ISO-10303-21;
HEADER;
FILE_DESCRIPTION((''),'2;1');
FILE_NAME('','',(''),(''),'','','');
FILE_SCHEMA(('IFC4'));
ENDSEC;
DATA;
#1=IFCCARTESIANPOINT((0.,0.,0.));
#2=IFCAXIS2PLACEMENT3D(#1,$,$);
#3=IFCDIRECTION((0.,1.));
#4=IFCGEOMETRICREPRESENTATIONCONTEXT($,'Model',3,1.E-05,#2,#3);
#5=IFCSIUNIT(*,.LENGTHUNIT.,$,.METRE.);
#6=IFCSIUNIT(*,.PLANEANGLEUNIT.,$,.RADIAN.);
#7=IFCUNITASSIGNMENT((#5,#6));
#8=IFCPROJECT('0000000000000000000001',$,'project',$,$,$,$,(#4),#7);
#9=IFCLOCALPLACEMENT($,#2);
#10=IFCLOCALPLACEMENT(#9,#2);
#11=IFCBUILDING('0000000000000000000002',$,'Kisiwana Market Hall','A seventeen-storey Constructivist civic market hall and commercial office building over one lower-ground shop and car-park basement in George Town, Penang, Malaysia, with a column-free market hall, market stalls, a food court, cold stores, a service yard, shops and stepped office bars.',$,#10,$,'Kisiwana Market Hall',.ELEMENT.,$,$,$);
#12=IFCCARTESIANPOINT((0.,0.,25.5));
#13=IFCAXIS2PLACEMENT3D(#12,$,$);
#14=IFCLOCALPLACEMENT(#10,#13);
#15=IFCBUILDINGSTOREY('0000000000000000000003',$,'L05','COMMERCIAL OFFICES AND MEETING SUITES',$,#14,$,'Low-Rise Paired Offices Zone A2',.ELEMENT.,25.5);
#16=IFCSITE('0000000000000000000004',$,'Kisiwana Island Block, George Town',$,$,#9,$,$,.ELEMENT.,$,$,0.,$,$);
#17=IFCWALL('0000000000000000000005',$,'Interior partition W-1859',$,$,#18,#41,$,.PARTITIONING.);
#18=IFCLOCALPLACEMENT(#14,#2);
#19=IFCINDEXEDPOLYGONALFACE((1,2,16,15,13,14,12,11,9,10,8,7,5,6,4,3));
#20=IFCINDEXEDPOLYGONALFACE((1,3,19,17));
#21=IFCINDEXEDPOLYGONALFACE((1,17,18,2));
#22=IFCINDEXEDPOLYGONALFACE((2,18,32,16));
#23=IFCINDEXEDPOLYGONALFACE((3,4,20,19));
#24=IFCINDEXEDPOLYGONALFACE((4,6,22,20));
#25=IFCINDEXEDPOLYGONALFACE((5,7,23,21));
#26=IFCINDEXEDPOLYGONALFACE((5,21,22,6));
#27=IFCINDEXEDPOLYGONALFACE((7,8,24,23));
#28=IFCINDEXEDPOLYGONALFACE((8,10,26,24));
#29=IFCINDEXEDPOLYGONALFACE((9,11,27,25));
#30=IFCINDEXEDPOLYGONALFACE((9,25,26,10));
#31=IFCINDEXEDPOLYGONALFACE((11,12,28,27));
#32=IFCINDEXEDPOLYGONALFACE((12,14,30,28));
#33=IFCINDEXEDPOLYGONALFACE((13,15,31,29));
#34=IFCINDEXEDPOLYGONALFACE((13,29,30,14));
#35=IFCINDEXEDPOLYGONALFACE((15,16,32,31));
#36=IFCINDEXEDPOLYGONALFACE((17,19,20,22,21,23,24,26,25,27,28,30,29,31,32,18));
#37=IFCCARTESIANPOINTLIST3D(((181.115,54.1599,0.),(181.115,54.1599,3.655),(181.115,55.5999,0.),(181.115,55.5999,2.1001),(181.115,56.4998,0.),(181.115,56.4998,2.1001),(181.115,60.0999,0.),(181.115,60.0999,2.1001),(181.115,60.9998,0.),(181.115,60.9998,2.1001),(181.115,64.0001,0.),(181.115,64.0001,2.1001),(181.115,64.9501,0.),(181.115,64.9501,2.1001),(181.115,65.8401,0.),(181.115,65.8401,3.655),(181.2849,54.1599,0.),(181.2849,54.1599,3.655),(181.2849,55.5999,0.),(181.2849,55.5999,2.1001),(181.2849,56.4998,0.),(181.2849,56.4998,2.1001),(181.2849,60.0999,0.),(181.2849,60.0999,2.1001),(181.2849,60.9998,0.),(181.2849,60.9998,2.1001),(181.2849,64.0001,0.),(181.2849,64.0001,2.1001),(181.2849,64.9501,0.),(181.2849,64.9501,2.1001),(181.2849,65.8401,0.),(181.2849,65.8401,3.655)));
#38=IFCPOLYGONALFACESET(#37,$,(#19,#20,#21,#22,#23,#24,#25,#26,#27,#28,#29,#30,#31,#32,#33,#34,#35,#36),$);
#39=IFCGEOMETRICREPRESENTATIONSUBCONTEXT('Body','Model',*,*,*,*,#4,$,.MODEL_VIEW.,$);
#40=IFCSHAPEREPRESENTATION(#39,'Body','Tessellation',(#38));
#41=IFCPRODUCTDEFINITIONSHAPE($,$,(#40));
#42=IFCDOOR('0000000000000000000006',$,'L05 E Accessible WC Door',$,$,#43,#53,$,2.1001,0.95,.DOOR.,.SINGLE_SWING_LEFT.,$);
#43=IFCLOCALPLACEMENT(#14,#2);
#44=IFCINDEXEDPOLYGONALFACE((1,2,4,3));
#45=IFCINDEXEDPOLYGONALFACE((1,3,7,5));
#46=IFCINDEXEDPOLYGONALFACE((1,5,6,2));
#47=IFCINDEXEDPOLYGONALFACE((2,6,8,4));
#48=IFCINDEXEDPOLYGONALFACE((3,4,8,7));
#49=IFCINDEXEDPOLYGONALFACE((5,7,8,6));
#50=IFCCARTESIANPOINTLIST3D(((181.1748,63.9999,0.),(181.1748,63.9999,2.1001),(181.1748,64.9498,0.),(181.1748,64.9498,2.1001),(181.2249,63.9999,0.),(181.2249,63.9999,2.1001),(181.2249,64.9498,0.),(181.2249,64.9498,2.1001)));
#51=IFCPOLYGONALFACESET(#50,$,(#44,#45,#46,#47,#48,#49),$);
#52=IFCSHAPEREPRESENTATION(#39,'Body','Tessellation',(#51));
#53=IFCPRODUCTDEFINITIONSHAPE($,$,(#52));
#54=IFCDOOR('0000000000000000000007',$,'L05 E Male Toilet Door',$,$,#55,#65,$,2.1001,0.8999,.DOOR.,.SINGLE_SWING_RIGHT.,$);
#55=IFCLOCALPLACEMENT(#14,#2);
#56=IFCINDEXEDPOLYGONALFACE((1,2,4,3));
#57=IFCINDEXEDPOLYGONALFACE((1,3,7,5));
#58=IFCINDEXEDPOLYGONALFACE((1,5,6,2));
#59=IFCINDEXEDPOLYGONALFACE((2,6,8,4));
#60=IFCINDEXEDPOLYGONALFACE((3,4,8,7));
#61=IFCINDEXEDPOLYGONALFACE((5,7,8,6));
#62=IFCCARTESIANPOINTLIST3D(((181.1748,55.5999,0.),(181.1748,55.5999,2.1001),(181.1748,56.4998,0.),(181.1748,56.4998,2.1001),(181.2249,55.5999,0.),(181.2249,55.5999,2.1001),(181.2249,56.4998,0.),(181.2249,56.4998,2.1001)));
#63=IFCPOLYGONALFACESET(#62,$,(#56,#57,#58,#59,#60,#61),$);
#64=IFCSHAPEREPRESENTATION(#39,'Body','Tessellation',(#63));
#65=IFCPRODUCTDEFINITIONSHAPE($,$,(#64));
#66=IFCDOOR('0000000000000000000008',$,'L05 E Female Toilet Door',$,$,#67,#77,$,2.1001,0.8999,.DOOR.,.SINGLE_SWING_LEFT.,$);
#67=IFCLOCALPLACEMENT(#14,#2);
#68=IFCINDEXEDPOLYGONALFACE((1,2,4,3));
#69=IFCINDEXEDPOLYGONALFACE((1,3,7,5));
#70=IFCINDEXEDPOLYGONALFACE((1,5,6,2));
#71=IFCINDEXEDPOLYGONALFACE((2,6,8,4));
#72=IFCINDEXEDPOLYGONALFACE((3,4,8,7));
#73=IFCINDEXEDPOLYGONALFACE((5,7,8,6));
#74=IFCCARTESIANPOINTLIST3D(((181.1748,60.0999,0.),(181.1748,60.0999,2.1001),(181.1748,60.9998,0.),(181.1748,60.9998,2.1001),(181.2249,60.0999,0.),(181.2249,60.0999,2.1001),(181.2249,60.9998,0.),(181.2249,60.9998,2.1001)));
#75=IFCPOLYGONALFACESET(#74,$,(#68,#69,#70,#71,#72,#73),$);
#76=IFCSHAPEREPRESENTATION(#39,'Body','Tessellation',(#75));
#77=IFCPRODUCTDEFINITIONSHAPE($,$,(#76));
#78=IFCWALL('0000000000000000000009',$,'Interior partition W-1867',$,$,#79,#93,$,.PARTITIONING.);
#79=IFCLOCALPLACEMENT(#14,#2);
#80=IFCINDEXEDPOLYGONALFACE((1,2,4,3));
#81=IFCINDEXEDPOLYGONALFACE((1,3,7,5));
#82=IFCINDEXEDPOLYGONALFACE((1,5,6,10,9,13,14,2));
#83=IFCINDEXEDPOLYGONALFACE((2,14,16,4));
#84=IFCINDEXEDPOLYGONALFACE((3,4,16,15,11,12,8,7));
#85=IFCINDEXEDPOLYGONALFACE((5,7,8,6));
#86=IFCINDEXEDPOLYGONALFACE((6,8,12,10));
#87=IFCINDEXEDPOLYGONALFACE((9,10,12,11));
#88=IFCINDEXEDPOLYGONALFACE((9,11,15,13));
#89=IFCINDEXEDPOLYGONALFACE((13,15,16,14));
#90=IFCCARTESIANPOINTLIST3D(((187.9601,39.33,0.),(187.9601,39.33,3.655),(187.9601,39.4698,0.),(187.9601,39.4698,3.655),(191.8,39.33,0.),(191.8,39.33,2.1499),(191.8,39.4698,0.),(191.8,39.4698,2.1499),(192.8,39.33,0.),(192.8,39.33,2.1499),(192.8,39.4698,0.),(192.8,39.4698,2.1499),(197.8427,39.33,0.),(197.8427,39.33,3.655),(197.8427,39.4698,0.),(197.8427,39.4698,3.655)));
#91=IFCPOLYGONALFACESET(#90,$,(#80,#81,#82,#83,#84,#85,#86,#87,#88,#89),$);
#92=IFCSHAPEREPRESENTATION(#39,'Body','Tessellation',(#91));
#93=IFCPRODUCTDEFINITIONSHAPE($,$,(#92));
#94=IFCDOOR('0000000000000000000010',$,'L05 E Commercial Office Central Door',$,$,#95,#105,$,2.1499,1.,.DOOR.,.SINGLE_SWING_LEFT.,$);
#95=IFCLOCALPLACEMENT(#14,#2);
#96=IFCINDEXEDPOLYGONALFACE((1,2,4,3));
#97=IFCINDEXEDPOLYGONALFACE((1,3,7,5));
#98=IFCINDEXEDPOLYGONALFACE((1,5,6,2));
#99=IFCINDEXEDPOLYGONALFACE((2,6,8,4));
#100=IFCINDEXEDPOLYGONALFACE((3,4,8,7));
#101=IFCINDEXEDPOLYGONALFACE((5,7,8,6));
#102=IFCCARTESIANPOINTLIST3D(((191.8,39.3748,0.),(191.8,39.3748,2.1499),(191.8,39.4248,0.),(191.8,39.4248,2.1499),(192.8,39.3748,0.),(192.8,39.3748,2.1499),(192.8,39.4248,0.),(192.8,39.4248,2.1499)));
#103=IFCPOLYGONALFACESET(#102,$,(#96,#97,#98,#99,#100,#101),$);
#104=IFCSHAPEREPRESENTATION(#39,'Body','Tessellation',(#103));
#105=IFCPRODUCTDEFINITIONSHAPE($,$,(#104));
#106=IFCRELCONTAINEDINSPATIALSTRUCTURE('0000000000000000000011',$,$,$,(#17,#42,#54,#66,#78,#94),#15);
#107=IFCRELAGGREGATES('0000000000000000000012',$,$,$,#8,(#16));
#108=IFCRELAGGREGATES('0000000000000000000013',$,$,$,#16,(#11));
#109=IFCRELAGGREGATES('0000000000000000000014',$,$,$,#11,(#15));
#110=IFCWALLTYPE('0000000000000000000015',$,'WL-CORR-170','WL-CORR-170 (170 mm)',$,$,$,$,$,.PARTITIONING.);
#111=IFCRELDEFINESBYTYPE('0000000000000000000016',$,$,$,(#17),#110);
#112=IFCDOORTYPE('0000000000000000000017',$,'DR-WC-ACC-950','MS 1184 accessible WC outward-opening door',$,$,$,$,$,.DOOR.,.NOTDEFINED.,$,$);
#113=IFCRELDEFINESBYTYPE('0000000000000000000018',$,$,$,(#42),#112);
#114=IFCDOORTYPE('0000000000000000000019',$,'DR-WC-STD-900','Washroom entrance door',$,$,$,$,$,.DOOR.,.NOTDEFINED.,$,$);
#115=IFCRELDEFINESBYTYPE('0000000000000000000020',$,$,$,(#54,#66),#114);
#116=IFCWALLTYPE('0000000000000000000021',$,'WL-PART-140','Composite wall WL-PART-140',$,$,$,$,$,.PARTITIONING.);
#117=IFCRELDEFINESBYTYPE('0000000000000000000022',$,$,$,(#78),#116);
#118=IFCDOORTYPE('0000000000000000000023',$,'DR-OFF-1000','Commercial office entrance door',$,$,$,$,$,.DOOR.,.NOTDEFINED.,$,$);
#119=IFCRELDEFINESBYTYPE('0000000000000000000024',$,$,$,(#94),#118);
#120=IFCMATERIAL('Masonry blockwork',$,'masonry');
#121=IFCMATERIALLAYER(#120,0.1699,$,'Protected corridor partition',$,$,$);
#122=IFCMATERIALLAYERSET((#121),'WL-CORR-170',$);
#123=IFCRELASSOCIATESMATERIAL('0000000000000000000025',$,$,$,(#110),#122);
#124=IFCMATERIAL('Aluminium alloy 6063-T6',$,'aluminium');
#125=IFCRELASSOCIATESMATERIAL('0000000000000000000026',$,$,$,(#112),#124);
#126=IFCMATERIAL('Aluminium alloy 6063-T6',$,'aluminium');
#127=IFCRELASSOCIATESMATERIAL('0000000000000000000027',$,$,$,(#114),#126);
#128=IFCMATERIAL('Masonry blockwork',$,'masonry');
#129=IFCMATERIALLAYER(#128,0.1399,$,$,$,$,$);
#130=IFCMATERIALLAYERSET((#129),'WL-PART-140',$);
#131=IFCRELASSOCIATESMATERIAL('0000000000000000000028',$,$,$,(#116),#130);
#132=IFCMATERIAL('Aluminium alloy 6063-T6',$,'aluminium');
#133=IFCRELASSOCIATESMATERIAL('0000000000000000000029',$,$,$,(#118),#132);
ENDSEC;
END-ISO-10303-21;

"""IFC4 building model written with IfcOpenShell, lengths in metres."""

from ifc_helpers import new_model, si_unit, direction, frame, frame_2d, origin, place, context, subcontext, project, spatial, rectangle, extrude, material, layer, layer_set, type_object, element, fill, save


model = new_model("IFC4")

# Units and contexts
model_context = context("Model", 3, precision=1e-05, world=origin(), true_north=direction((0.0, 1.0)))
body_context = subcontext(model_context, "Body", "Model", "MODEL_VIEW")
ifc_project = project(units=[si_unit("LENGTHUNIT", "METRE"), si_unit("PLANEANGLEUNIT", "RADIAN")], contexts=[model_context])

# Site, building, storey
site_placement = place(None, origin())
site = spatial("IfcSite", under=ifc_project, at=site_placement, Name="Kisiwana Island Block, George Town", CompositionType="ELEMENT", RefElevation=0.0)
building_placement = place(site_placement, origin())
building = spatial("IfcBuilding", under=site, at=building_placement, Name="Kisiwana Market Hall", Description="A seventeen-storey Constructivist civic market hall and commercial office building over one lower-ground shop and car-park basement in George Town, Penang, Malaysia, with a column-free market hall, market stalls, a food court, cold stores, a service yard, shops and stepped office bars.", LongName="Kisiwana Market Hall", CompositionType="ELEMENT")
storey_placement = place(building_placement, frame((0.0, 0.0, 25.5)))
storey = spatial("IfcBuildingStorey", under=building, at=storey_placement, Name="L05", Description="COMMERCIAL OFFICES AND MEETING SUITES", LongName="Low-Rise Paired Offices Zone A2", CompositionType="ELEMENT", Elevation=25.5)

# Shared definitions
ifc_material_1 = material(Name="Masonry blockwork", Category="masonry")
ifc_layer_1 = layer(ifc_material_1, 0.1699, Name="Protected corridor partition")
ifc_layer_set_1 = layer_set([ifc_layer_1], Name="WL-CORR-170")
wall_type_1 = type_object("IfcWallType", Name="WL-CORR-170", Description="WL-CORR-170 (170 mm)", PredefinedType="PARTITIONING", material=ifc_layer_set_1)

# Wall, openings, doors
wall_1_placement = place(storey_placement, frame((181.2, 54.1599, 0.0), z_axis=(0.0, 0.0, 1.0), x_axis=(0.0, 1.0, 0.0)))
wall_1 = element("IfcWall", 1, at=wall_1_placement, inside=storey, type_object=wall_type_1, Name="Interior partition W-1859", PredefinedType="PARTITIONING", context=body_context, shape_type="SweptSolid", body=[
    extrude(rectangle(XDim=11.6802, YDim=0.1699, at=frame_2d((5.8401, 0.0))), origin(), (0.0, 0.0, 1.0), 3.655),
])
opening_1_placement = place(wall_1_placement, frame((1.4399, 0.0, 0.0)))
opening_1 = element("IfcOpeningElement", 2, at=opening_1_placement, cuts=wall_1, PredefinedType="OPENING", context=body_context, shape_type="SweptSolid", body=[
    extrude(rectangle(XDim=0.8999, YDim=2.1001, at=frame_2d((0.45, 1.05))), frame((0.0, 0.0969, 0.0), z_axis=(0.0, -1.0, 0.0), x_axis=(1.0, 0.0, 0.0)), (0.0, 0.0, 1.0), 0.1938),
])
opening_2_placement = place(wall_1_placement, frame((5.9399, 0.0, 0.0)))
opening_2 = element("IfcOpeningElement", 3, at=opening_2_placement, cuts=wall_1, PredefinedType="OPENING", context=body_context, shape_type="SweptSolid", body=[
    extrude(rectangle(XDim=0.8999, YDim=2.1001, at=frame_2d((0.45, 1.05))), frame((0.0, 0.0969, 0.0), z_axis=(0.0, -1.0, 0.0), x_axis=(1.0, 0.0, 0.0)), (0.0, 0.0, 1.0), 0.1938),
])
opening_3_placement = place(wall_1_placement, frame((9.8401, 0.0, 0.0)))
opening_3 = element("IfcOpeningElement", 4, at=opening_3_placement, cuts=wall_1, PredefinedType="OPENING", context=body_context, shape_type="SweptSolid", body=[
    extrude(rectangle(XDim=0.95, YDim=2.1001, at=frame_2d((0.4751, 1.05))), frame((0.0, 0.0969, 0.0), z_axis=(0.0, -1.0, 0.0), x_axis=(1.0, 0.0, 0.0)), (0.0, 0.0, 1.0), 0.1938),
])
ifc_material_2 = material(Name="Aluminium alloy 6063-T6", Category="aluminium")
door_type_1 = type_object("IfcDoorType", Name="DR-WC-ACC-950", Description="MS 1184 accessible WC outward-opening door", OperationType="NOTDEFINED", PredefinedType="DOOR", material=ifc_material_2)
door_1_placement = place(opening_3_placement, frame((0.95, 0.0, 0.0), z_axis=(0.0, 0.0, 1.0), x_axis=(-1.0, 0.0, 0.0)))
door_1 = element("IfcDoor", 5, at=door_1_placement, inside=storey, type_object=door_type_1, Name="L05 E Accessible WC Door", OperationType="SINGLE_SWING_LEFT", OverallHeight=2.1001, OverallWidth=0.95, PredefinedType="DOOR", context=body_context, shape_type="SweptSolid", body=[
    extrude(rectangle(XDim=0.95, YDim=2.1001, at=frame_2d((0.4751, 1.05))), frame((0.0, 0.0249, 0.0), z_axis=(0.0, -1.0, 0.0), x_axis=(1.0, 0.0, 0.0)), (0.0, 0.0, 1.0), 0.05),
])
fill(opening_3, door_1)
ifc_material_3 = material(Name="Aluminium alloy 6063-T6", Category="aluminium")
door_type_2 = type_object("IfcDoorType", Name="DR-WC-STD-900", Description="Washroom entrance door", OperationType="NOTDEFINED", PredefinedType="DOOR", material=ifc_material_3)
door_2_placement = place(opening_1_placement, frame((0.8999, 0.0, 0.0), z_axis=(0.0, 0.0, 1.0), x_axis=(-1.0, 0.0, 0.0)))
door_2 = element("IfcDoor", 6, at=door_2_placement, inside=storey, type_object=door_type_2, Name="L05 E Male Toilet Door", OperationType="SINGLE_SWING_RIGHT", OverallHeight=2.1001, OverallWidth=0.8999, PredefinedType="DOOR", context=body_context, shape_type="SweptSolid", body=[
    extrude(rectangle(XDim=0.8999, YDim=2.1001, at=frame_2d((0.45, 1.05))), frame((0.0, 0.0249, 0.0), z_axis=(0.0, -1.0, 0.0), x_axis=(1.0, 0.0, 0.0)), (0.0, 0.0, 1.0), 0.05),
])
fill(opening_1, door_2)
door_3_placement = place(opening_2_placement, frame((0.8999, 0.0, 0.0), z_axis=(0.0, 0.0, 1.0), x_axis=(-1.0, 0.0, 0.0)))
door_3 = element("IfcDoor", 7, at=door_3_placement, inside=storey, type_object=door_type_2, Name="L05 E Female Toilet Door", OperationType="SINGLE_SWING_LEFT", OverallHeight=2.1001, OverallWidth=0.8999, PredefinedType="DOOR", context=body_context, shape_type="SweptSolid", body=[
    extrude(rectangle(XDim=0.8999, YDim=2.1001, at=frame_2d((0.45, 1.05))), frame((0.0, 0.0249, 0.0), z_axis=(0.0, -1.0, 0.0), x_axis=(1.0, 0.0, 0.0)), (0.0, 0.0, 1.0), 0.05),
])
fill(opening_2, door_3)

# Wall, opening, door
ifc_material_4 = material(Name="Masonry blockwork", Category="masonry")
ifc_layer_2 = layer(ifc_material_4, 0.1399)
ifc_layer_set_2 = layer_set([ifc_layer_2], Name="WL-PART-140")
wall_type_2 = type_object("IfcWallType", Name="WL-PART-140", Description="Composite wall WL-PART-140", PredefinedType="PARTITIONING", material=ifc_layer_set_2)
wall_2_placement = place(storey_placement, frame((187.96, 39.3999, 0.0), z_axis=(0.0, 0.0, 1.0), x_axis=(1.0, 0.0, 0.0)))
wall_2 = element("IfcWall", 8, at=wall_2_placement, inside=storey, type_object=wall_type_2, Name="Interior partition W-1867", PredefinedType="PARTITIONING", context=body_context, shape_type="SweptSolid", body=[
    extrude(rectangle(XDim=9.8826, YDim=0.1399, at=frame_2d((4.9414, 0.0))), origin(), (0.0, 0.0, 1.0), 3.655),
])
opening_4_placement = place(wall_2_placement, frame((3.8401, 0.0, 0.0)))
opening_4 = element("IfcOpeningElement", 9, at=opening_4_placement, cuts=wall_2, PredefinedType="OPENING", context=body_context, shape_type="SweptSolid", body=[
    extrude(rectangle(XDim=1.0, YDim=2.1499, at=frame_2d((0.5, 1.075))), frame((0.0, 0.082, 0.0), z_axis=(0.0, -1.0, 0.0), x_axis=(1.0, 0.0, 0.0)), (0.0, 0.0, 1.0), 0.1638),
])
ifc_material_5 = material(Name="Aluminium alloy 6063-T6", Category="aluminium")
door_type_3 = type_object("IfcDoorType", Name="DR-OFF-1000", Description="Commercial office entrance door", OperationType="NOTDEFINED", PredefinedType="DOOR", material=ifc_material_5)
door_4_placement = place(opening_4_placement, origin())
door_4 = element("IfcDoor", 10, at=door_4_placement, inside=storey, type_object=door_type_3, Name="L05 E Commercial Office Central Door", OperationType="SINGLE_SWING_LEFT", OverallHeight=2.1499, OverallWidth=1.0, PredefinedType="DOOR", context=body_context, shape_type="SweptSolid", body=[
    extrude(rectangle(XDim=1.0, YDim=2.1499, at=frame_2d((0.5, 1.075))), frame((0.0, 0.0249, 0.0), z_axis=(0.0, -1.0, 0.0), x_axis=(1.0, 0.0, 0.0)), (0.0, 0.0, 1.0), 0.05),
])
fill(opening_4, door_4)

save(model, "model.ifc")
